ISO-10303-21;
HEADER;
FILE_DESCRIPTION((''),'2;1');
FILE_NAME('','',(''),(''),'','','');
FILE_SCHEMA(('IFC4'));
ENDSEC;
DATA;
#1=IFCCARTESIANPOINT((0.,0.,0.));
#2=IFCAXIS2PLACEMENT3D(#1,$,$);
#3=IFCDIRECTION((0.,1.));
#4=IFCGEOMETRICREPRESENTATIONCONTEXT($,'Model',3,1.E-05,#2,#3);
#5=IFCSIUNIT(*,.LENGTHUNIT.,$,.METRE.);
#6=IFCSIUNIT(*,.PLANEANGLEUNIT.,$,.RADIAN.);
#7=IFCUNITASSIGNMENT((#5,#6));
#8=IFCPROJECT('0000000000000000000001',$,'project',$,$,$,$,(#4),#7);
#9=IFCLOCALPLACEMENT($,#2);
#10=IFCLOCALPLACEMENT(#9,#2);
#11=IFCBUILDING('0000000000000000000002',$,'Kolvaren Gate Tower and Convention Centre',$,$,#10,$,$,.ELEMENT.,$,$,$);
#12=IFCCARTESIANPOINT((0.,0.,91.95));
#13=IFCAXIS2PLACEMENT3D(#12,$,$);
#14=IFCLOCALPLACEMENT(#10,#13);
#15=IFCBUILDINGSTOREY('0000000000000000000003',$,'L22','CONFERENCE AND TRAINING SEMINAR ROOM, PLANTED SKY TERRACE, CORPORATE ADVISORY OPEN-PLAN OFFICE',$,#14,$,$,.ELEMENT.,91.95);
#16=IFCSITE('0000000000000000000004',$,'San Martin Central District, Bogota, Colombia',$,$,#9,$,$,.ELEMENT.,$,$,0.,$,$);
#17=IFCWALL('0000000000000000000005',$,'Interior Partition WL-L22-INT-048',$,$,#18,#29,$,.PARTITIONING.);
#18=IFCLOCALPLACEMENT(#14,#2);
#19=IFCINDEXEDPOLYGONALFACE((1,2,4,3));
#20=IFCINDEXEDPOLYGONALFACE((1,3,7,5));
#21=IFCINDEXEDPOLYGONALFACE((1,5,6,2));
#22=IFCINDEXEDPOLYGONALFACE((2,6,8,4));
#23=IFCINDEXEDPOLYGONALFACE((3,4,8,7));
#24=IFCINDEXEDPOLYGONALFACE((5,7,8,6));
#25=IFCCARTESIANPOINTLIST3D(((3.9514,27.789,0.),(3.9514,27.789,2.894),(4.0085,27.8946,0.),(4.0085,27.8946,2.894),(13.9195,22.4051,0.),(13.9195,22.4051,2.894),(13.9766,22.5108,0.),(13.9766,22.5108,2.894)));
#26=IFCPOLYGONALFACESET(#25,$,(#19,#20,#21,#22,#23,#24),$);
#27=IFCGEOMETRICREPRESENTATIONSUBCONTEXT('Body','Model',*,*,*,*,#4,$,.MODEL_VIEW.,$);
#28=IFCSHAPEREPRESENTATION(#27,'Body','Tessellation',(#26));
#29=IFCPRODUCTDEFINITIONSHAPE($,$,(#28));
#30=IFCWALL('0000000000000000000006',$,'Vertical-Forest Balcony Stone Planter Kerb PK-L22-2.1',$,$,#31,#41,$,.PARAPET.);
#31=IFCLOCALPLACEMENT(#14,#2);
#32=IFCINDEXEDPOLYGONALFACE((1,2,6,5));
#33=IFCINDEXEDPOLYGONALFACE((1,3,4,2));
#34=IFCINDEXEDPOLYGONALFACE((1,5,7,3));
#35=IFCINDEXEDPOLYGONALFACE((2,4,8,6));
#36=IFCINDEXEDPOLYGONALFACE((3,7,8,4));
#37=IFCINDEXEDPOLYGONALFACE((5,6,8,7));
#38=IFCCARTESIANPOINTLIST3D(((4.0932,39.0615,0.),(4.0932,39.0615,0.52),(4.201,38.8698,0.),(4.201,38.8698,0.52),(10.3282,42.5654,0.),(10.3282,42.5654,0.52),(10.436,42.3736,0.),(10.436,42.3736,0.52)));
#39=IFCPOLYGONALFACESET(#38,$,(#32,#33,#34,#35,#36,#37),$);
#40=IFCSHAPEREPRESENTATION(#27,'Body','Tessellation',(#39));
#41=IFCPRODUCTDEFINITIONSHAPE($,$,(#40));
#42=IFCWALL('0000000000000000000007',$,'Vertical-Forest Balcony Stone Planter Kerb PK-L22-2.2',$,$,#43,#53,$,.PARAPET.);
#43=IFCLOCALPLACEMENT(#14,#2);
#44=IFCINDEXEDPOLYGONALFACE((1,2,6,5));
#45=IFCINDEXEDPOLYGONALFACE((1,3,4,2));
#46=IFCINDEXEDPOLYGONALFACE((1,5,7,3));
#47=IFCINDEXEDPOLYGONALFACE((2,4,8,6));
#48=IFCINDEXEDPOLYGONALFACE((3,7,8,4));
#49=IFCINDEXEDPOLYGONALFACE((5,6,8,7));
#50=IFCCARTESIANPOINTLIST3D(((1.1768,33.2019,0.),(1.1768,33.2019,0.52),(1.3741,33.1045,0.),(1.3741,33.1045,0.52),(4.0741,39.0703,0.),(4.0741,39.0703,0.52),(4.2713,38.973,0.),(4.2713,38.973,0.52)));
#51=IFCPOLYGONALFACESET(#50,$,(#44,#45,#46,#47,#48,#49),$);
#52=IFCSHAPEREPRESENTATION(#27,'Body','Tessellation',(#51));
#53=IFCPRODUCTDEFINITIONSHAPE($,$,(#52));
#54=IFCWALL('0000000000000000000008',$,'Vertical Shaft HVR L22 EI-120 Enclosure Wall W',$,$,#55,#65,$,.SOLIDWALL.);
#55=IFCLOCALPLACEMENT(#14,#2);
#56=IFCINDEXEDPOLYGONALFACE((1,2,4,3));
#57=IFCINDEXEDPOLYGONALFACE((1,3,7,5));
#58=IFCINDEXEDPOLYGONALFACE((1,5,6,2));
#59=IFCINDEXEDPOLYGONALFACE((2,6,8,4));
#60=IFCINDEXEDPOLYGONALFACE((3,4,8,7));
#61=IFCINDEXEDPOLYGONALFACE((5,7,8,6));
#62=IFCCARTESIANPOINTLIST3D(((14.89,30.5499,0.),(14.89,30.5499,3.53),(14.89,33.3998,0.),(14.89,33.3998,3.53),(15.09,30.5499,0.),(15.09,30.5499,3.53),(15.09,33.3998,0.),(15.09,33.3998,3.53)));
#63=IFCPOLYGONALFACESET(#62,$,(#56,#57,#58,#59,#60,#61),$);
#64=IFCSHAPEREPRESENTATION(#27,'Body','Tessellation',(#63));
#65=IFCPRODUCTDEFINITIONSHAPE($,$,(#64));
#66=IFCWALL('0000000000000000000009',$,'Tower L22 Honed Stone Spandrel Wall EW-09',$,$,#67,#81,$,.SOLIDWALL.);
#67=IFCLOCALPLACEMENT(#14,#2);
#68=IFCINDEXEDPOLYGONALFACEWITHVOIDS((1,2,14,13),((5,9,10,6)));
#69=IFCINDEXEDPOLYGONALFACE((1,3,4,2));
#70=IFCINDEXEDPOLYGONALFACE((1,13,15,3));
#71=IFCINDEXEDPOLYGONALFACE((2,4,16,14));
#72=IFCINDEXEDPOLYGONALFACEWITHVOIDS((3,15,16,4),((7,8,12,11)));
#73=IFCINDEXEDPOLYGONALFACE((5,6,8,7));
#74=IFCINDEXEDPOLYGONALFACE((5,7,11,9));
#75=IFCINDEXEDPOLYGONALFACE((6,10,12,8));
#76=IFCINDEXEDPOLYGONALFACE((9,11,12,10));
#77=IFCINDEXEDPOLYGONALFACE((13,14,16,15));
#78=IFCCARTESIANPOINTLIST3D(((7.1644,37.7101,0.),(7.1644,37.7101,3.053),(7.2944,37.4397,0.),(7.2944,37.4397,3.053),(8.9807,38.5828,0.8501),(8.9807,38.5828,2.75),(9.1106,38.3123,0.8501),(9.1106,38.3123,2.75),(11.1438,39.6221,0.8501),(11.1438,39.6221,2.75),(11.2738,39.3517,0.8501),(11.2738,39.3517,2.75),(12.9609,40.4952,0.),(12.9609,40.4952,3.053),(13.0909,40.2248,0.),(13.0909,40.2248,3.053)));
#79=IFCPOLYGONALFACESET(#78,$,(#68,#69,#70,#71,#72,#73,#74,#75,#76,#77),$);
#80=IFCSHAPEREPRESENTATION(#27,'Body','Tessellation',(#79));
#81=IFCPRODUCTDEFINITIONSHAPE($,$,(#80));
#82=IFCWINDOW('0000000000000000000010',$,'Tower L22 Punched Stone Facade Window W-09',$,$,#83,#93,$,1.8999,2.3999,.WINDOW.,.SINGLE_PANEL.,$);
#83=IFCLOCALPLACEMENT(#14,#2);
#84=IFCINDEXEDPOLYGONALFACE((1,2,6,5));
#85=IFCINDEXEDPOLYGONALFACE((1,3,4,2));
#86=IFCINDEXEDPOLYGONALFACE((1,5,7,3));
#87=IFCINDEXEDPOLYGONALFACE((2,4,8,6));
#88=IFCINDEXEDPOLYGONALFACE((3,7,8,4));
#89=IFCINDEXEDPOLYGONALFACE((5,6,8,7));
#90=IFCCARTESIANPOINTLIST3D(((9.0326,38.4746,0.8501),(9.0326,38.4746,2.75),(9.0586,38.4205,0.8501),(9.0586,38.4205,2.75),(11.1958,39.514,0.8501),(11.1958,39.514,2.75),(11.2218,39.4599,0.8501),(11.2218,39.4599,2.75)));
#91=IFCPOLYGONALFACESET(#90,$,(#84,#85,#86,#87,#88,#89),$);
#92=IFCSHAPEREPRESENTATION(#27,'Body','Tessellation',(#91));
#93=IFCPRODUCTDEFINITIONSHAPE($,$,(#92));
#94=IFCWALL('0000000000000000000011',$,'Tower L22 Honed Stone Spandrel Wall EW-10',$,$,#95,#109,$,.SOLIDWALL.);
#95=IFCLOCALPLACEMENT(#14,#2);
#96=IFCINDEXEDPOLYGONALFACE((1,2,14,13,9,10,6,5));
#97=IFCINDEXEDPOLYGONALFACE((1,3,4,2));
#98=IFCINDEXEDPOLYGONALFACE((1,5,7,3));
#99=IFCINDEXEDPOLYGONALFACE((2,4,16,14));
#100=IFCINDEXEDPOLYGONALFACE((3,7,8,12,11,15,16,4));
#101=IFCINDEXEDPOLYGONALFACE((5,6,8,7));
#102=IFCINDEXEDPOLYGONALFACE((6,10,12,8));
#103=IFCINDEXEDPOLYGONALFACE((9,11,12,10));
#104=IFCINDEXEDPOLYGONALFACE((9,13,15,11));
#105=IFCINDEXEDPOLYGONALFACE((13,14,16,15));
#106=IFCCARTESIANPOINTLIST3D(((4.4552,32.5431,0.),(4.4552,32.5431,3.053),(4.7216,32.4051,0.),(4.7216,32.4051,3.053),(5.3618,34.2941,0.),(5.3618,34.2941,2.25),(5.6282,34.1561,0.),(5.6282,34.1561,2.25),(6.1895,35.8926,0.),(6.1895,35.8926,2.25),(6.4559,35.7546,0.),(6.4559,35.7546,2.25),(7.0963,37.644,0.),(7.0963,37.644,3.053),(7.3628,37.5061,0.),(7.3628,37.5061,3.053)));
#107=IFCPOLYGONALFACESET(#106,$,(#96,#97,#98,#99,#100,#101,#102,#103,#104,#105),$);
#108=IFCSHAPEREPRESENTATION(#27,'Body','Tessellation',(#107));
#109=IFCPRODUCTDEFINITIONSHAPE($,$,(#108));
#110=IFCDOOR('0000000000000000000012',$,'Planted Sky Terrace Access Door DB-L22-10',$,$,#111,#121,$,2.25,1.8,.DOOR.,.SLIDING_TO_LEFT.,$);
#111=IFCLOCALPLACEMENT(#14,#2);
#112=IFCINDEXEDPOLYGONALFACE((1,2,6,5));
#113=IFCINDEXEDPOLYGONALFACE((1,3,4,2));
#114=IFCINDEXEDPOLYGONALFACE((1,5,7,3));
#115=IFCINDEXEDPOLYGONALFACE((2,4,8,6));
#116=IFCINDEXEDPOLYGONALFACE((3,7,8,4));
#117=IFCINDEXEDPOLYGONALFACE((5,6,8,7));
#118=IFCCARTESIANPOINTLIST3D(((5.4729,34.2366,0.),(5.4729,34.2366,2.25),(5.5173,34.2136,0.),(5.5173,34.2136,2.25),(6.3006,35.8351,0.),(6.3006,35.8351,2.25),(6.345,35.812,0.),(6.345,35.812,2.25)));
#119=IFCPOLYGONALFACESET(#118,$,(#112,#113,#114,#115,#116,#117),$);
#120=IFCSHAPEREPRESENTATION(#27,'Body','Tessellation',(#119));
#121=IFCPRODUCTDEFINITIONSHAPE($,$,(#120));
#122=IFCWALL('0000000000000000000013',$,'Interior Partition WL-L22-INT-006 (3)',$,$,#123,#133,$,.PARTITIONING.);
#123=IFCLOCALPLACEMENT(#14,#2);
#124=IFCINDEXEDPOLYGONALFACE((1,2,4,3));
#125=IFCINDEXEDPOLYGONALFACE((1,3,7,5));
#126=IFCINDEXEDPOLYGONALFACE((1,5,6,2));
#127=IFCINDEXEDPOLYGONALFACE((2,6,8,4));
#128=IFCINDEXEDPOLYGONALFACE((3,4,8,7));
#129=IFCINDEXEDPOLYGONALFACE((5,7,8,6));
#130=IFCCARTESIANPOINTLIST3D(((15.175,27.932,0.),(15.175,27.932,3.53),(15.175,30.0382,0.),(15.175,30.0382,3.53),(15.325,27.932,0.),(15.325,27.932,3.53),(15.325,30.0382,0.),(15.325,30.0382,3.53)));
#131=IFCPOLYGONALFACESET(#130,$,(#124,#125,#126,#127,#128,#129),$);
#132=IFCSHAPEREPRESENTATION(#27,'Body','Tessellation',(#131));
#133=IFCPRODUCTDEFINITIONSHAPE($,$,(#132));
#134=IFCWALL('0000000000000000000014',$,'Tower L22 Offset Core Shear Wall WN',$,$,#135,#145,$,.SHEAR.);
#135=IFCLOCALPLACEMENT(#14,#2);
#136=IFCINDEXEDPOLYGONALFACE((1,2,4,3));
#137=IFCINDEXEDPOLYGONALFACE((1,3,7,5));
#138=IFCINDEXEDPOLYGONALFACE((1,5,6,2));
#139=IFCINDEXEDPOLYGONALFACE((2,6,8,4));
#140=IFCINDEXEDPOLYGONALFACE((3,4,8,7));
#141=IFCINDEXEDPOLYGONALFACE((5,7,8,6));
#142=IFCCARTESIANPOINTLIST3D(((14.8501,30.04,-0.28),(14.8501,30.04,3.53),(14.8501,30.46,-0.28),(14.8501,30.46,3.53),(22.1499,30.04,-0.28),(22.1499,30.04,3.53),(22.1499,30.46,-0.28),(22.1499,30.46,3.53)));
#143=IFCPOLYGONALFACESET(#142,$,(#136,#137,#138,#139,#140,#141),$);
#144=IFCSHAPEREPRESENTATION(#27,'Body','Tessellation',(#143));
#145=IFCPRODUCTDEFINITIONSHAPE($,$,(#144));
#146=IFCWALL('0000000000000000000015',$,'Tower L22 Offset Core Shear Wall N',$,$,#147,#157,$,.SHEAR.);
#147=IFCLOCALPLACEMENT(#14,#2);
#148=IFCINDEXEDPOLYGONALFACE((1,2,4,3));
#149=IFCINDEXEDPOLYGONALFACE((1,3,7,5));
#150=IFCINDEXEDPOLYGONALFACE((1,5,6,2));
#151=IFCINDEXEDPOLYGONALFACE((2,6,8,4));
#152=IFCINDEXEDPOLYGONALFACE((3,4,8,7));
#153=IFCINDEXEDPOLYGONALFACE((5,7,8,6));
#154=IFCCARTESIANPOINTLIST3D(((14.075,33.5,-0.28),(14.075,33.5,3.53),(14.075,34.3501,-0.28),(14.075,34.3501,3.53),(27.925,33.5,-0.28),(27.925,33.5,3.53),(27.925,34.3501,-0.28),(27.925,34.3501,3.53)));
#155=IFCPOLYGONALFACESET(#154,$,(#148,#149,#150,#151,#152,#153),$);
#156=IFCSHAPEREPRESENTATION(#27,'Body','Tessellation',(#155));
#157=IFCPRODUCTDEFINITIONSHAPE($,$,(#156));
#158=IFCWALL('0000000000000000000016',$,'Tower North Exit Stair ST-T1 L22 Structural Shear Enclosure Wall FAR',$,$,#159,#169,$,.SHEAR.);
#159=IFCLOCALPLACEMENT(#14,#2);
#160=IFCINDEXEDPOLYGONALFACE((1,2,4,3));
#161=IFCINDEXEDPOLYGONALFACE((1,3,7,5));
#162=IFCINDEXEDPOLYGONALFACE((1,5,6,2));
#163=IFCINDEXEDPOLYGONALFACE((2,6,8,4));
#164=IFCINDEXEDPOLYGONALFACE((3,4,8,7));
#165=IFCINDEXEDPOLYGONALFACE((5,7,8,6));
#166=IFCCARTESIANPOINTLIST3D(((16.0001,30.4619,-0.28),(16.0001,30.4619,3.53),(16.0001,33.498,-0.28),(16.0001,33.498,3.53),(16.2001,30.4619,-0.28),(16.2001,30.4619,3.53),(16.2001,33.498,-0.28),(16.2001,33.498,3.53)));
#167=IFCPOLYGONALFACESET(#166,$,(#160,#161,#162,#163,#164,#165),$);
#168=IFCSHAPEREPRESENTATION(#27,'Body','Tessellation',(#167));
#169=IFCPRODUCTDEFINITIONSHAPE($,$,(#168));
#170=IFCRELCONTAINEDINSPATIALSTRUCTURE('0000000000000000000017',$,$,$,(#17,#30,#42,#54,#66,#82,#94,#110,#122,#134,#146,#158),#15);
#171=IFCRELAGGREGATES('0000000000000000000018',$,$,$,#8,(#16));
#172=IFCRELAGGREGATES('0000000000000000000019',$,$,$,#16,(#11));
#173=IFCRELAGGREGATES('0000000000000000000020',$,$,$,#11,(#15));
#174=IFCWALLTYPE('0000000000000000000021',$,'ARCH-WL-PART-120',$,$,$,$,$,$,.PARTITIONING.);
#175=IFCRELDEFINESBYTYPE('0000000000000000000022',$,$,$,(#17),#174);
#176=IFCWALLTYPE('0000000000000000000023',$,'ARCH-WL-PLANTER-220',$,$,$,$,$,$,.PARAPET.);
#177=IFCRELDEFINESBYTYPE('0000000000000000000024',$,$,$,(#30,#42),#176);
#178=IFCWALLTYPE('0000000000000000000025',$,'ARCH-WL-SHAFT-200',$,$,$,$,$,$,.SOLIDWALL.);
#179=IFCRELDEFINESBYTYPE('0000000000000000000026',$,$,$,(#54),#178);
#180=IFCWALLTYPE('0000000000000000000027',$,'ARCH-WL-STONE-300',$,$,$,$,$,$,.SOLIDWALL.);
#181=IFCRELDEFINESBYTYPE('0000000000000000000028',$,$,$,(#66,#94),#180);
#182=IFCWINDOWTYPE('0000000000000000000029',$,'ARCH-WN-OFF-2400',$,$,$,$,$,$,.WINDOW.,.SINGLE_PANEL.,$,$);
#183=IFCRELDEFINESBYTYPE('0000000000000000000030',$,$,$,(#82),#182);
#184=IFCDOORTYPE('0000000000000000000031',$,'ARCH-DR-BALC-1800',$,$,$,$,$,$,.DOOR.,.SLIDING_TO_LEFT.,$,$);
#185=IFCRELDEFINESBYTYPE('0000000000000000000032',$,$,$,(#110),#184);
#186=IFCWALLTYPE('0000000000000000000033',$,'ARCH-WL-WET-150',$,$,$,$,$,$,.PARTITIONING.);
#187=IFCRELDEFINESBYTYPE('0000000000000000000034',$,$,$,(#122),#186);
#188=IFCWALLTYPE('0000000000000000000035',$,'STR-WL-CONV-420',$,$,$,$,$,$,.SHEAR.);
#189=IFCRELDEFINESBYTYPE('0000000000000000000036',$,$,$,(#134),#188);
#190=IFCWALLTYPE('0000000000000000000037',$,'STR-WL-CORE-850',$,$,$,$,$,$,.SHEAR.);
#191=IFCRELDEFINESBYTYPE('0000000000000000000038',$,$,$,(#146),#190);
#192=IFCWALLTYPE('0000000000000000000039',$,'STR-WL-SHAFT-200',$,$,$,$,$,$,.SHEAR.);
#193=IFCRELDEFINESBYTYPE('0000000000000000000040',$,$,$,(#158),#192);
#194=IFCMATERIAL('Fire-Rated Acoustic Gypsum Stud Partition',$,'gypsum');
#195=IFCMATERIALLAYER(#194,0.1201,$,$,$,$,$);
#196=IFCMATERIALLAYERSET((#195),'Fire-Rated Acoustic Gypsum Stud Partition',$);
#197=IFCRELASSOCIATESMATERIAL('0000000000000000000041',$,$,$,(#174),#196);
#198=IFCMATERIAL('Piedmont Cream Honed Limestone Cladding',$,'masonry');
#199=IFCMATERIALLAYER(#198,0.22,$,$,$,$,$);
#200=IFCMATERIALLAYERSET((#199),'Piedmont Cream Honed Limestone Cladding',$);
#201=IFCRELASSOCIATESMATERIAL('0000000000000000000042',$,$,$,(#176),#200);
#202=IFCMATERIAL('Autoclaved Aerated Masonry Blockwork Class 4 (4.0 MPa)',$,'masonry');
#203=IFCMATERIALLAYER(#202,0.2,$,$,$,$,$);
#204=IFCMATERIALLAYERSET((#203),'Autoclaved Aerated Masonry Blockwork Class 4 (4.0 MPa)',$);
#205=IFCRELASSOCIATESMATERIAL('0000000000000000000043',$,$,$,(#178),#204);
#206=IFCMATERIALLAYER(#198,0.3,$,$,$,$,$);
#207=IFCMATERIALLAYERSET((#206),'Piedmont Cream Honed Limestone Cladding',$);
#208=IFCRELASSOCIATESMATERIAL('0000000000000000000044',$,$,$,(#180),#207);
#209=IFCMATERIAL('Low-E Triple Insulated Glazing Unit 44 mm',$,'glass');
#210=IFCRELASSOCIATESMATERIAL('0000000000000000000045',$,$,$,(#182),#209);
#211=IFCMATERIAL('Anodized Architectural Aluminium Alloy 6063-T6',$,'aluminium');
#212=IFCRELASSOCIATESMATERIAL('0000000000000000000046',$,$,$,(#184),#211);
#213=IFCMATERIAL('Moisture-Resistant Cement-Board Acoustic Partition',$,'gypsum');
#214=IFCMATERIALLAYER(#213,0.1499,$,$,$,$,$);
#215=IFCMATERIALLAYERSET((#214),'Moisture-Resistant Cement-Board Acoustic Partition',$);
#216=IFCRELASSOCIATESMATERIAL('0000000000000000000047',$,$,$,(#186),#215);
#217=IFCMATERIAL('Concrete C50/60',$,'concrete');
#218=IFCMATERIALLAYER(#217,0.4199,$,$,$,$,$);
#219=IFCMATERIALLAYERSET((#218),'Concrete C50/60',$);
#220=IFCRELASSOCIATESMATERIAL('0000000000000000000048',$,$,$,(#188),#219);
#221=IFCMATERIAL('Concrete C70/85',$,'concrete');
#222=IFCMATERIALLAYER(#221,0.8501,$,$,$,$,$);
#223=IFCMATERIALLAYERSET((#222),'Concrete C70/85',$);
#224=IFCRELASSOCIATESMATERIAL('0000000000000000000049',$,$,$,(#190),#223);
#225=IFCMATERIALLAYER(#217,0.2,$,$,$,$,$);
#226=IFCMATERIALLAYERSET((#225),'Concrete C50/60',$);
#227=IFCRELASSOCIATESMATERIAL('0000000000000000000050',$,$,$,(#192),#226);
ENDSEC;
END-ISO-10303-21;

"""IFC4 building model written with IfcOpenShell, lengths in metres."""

from ifc_helpers import new_model, si_unit, direction, frame, frame_2d, origin, place, context, subcontext, project, spatial, rectangle, extrude, material, layer, layer_set, type_object, element, fill, save


model = new_model("IFC4")

# Units and contexts
model_context = context("Model", 3, precision=1e-05, world=origin(), true_north=direction((0.0, 1.0)))
body_context = subcontext(model_context, "Body", "Model", "MODEL_VIEW")
ifc_project = project(units=[si_unit("LENGTHUNIT", "METRE"), si_unit("PLANEANGLEUNIT", "RADIAN")], contexts=[model_context])

# Site, building, storey
site_placement = place(None, origin())
site = spatial("IfcSite", under=ifc_project, at=site_placement, Name="San Martin Central District, Bogota, Colombia", CompositionType="ELEMENT", RefElevation=0.0)
building_placement = place(site_placement, origin())
building = spatial("IfcBuilding", under=site, at=building_placement, Name="Kolvaren Gate Tower and Convention Centre", CompositionType="ELEMENT")
storey_placement = place(building_placement, frame((0.0, 0.0, 91.95)))
storey = spatial("IfcBuildingStorey", under=building, at=storey_placement, Name="L22", Description="CONFERENCE AND TRAINING SEMINAR ROOM, PLANTED SKY TERRACE, CORPORATE ADVISORY OPEN-PLAN OFFICE", CompositionType="ELEMENT", Elevation=91.95)

# Shared definitions
ifc_material_1 = material(Name="Concrete C70/85", Category="concrete")

# Shared definitions
ifc_material_2 = material(Name="Anodized Architectural Aluminium Alloy 6063-T6", Category="aluminium")

# Shared definitions
ifc_material_3 = material(Name="Autoclaved Aerated Masonry Blockwork Class 4 (4.0 MPa)", Category="masonry")

# Walls
ifc_material_4 = material(Name="Fire-Rated Acoustic Gypsum Stud Partition", Category="gypsum")
ifc_layer_1 = layer(ifc_material_4, 0.1201)
ifc_layer_set_1 = layer_set([ifc_layer_1], Name="Fire-Rated Acoustic Gypsum Stud Partition")
wall_type_1 = type_object("IfcWallType", Name="ARCH-WL-PART-120", PredefinedType="PARTITIONING", material=ifc_layer_set_1)
wall_1_placement = place(storey_placement, frame((3.98, 27.8418, 0.0), z_axis=(0.0, 0.0, 1.0), x_axis=(0.879866, -0.475221, 0.0)))
element("IfcWall", 1, at=wall_1_placement, inside=storey, type_object=wall_type_1, Name="Interior Partition WL-L22-INT-048", PredefinedType="PARTITIONING", context=body_context, shape_type="SweptSolid", body=[
    extrude(rectangle(XDim=11.3291, YDim=0.1201, at=frame_2d((5.6646, 0.0))), origin(), (0.0, 0.0, 1.0), 2.894),
])
ifc_material_5 = material(Name="Piedmont Cream Honed Limestone Cladding", Category="masonry")
ifc_layer_2 = layer(ifc_material_5, 0.22)
ifc_layer_set_2 = layer_set([ifc_layer_2], Name="Piedmont Cream Honed Limestone Cladding")
wall_type_2 = type_object("IfcWallType", Name="ARCH-WL-PLANTER-220", PredefinedType="PARAPET", material=ifc_layer_set_2)
wall_2_placement = place(storey_placement, frame((4.147, 38.9656, 0.0), z_axis=(0.0, 0.0, 1.0), x_axis=(0.871775, 0.489906, 0.0)))
element("IfcWall", 2, at=wall_2_placement, inside=storey, type_object=wall_type_2, Name="Vertical-Forest Balcony Stone Planter Kerb PK-L22-2.1", PredefinedType="PARAPET", context=body_context, shape_type="SweptSolid", body=[
    extrude(rectangle(XDim=7.1521, YDim=0.22, at=frame_2d((3.5762, 0.0))), origin(), (0.0, 0.0, 1.0), 0.52),
])
wall_3_placement = place(storey_placement, frame((1.2754, 33.1531, 0.0), z_axis=(0.0, 0.0, 1.0), x_axis=(0.442687, 0.896676, 0.0)))
element("IfcWall", 3, at=wall_3_placement, inside=storey, type_object=wall_type_2, Name="Vertical-Forest Balcony Stone Planter Kerb PK-L22-2.2", PredefinedType="PARAPET", context=body_context, shape_type="SweptSolid", body=[
    extrude(rectangle(XDim=6.5447, YDim=0.22, at=frame_2d((3.2725, 0.0))), origin(), (0.0, 0.0, 1.0), 0.52),
])
ifc_layer_3 = layer(ifc_material_3, 0.2)
ifc_layer_set_3 = layer_set([ifc_layer_3], Name="Autoclaved Aerated Masonry Blockwork Class 4 (4.0 MPa)")
wall_type_3 = type_object("IfcWallType", Name="ARCH-WL-SHAFT-200", PredefinedType="SOLIDWALL", material=ifc_layer_set_3)
wall_4_placement = place(storey_placement, frame((14.99, 30.55, 0.0), z_axis=(0.0, 0.0, 1.0), x_axis=(0.0, 1.0, 0.0)))
element("IfcWall", 4, at=wall_4_placement, inside=storey, type_object=wall_type_3, Name="Vertical Shaft HVR L22 EI-120 Enclosure Wall W", PredefinedType="SOLIDWALL", context=body_context, shape_type="SweptSolid", body=[
    extrude(rectangle(XDim=2.8499, YDim=0.2, at=frame_2d((1.4248, 0.0))), origin(), (0.0, 0.0, 1.0), 3.53),
])

# Wall, opening, window
ifc_layer_4 = layer(ifc_material_5, 0.3)
ifc_layer_set_4 = layer_set([ifc_layer_4], Name="Piedmont Cream Honed Limestone Cladding")
wall_type_4 = type_object("IfcWallType", Name="ARCH-WL-STONE-300", PredefinedType="SOLIDWALL", material=ifc_layer_set_4)
wall_5_placement = place(storey_placement, frame((7.2295, 37.575, 0.0), z_axis=(0.0, 0.0, 1.0), x_axis=(0.901355, 0.433082, 0.0)))
wall_5 = element("IfcWall", 5, at=wall_5_placement, inside=storey, type_object=wall_type_4, Name="Tower L22 Honed Stone Spandrel Wall EW-09", PredefinedType="SOLIDWALL", context=body_context, shape_type="SweptSolid", body=[
    extrude(rectangle(XDim=6.4309, YDim=0.3, at=frame_2d((3.2153, 0.0))), origin(), (0.0, 0.0, 1.0), 3.053),
])
opening_1_placement = place(wall_5_placement, frame((2.0149, 0.0, 0.8501)))
opening_1 = element("IfcOpeningElement", 6, at=opening_1_placement, cuts=wall_5, PredefinedType="OPENING", context=body_context, shape_type="SweptSolid", body=[
    extrude(rectangle(XDim=2.3999, YDim=1.8999, at=frame_2d((1.2, 0.95))), frame((0.0, 0.1599, 0.0), z_axis=(0.0, -1.0, 0.0), x_axis=(1.0, 0.0, 0.0)), (0.0, 0.0, 1.0), 0.3201),
])
ifc_material_6 = material(Name="Low-E Triple Insulated Glazing Unit 44 mm", Category="glass")
window_type = type_object("IfcWindowType", Name="ARCH-WN-OFF-2400", PartitioningType="SINGLE_PANEL", PredefinedType="WINDOW", material=ifc_material_6)
window_placement = place(opening_1_placement, origin())
window = element("IfcWindow", 7, at=window_placement, inside=storey, type_object=window_type, Name="Tower L22 Punched Stone Facade Window W-09", OverallHeight=1.8999, OverallWidth=2.3999, PartitioningType="SINGLE_PANEL", PredefinedType="WINDOW", context=body_context, shape_type="SweptSolid", body=[
    extrude(rectangle(XDim=2.3999, YDim=1.8999, at=frame_2d((1.2, 0.95))), frame((0.0, 0.03, 0.0), z_axis=(0.0, -1.0, 0.0), x_axis=(1.0, 0.0, 0.0)), (0.0, 0.0, 1.0), 0.0601),
])
fill(opening_1, window)

# Wall, opening, door
wall_6_placement = place(storey_placement, frame((4.5884, 32.4741, 0.0), z_axis=(0.0, 0.0, 1.0), x_axis=(0.459801, 0.888022, 0.0)))
wall_6 = element("IfcWall", 8, at=wall_6_placement, inside=storey, type_object=wall_type_4, Name="Tower L22 Honed Stone Spandrel Wall EW-10", PredefinedType="SOLIDWALL", context=body_context, shape_type="SweptSolid", body=[
    extrude(rectangle(XDim=5.7441, YDim=0.3, at=frame_2d((2.8721, 0.0))), origin(), (0.0, 0.0, 1.0), 3.053),
])
opening_2_placement = place(wall_6_placement, frame((1.9719, 0.0, 0.0)))
opening_2 = element("IfcOpeningElement", 9, at=opening_2_placement, cuts=wall_6, PredefinedType="OPENING", context=body_context, shape_type="SweptSolid", body=[
    extrude(rectangle(XDim=1.8, YDim=2.25, at=frame_2d((0.8999, 1.125))), frame((0.0, 0.1599, 0.0), z_axis=(0.0, -1.0, 0.0), x_axis=(1.0, 0.0, 0.0)), (0.0, 0.0, 1.0), 0.3201),
])
door_type_1 = type_object("IfcDoorType", Name="ARCH-DR-BALC-1800", OperationType="SLIDING_TO_LEFT", PredefinedType="DOOR", material=ifc_material_2)
door_1_placement = place(opening_2_placement, origin())
door_1 = element("IfcDoor", 10, at=door_1_placement, inside=storey, type_object=door_type_1, Name="Planted Sky Terrace Access Door DB-L22-10", OperationType="SLIDING_TO_LEFT", OverallHeight=2.25, OverallWidth=1.8, PredefinedType="DOOR", context=body_context, shape_type="SweptSolid", body=[
    extrude(rectangle(XDim=1.8, YDim=2.25, at=frame_2d((0.8999, 1.125))), frame((0.0, 0.0249, 0.0), z_axis=(0.0, -1.0, 0.0), x_axis=(1.0, 0.0, 0.0)), (0.0, 0.0, 1.0), 0.05),
])
fill(opening_2, door_1)

# Walls
ifc_material_7 = material(Name="Moisture-Resistant Cement-Board Acoustic Partition", Category="gypsum")
ifc_layer_5 = layer(ifc_material_7, 0.1499)
ifc_layer_set_5 = layer_set([ifc_layer_5], Name="Moisture-Resistant Cement-Board Acoustic Partition")
wall_type_5 = type_object("IfcWallType", Name="ARCH-WL-WET-150", PredefinedType="PARTITIONING", material=ifc_layer_set_5)
wall_7_placement = place(storey_placement, frame((15.25, 27.9319, 0.0), z_axis=(0.0, 0.0, 1.0), x_axis=(0.0, 1.0, 0.0)))
element("IfcWall", 11, at=wall_7_placement, inside=storey, type_object=wall_type_5, Name="Interior Partition WL-L22-INT-006 (3)", PredefinedType="PARTITIONING", context=body_context, shape_type="SweptSolid", body=[
    extrude(rectangle(XDim=2.1062, YDim=0.1499, at=frame_2d((1.0532, 0.0))), origin(), (0.0, 0.0, 1.0), 3.53),
])
ifc_material_8 = material(Name="Concrete C50/60", Category="concrete")
ifc_layer_6 = layer(ifc_material_8, 0.4199)
ifc_layer_set_6 = layer_set([ifc_layer_6], Name="Concrete C50/60")
wall_type_6 = type_object("IfcWallType", Name="STR-WL-CONV-420", PredefinedType="SHEAR", material=ifc_layer_set_6)
wall_8_placement = place(storey_placement, frame((14.8501, 30.25, -0.28), z_axis=(0.0, 0.0, 1.0), x_axis=(1.0, 0.0, 0.0)))
element("IfcWall", 12, at=wall_8_placement, inside=storey, type_object=wall_type_6, Name="Tower L22 Offset Core Shear Wall WN", PredefinedType="SHEAR", context=body_context, shape_type="SweptSolid", body=[
    extrude(rectangle(XDim=7.2998, YDim=0.4199, at=frame_2d((3.6499, 0.0))), origin(), (0.0, 0.0, 1.0), 3.8101),
])
ifc_layer_7 = layer(ifc_material_1, 0.8501)
ifc_layer_set_7 = layer_set([ifc_layer_7], Name="Concrete C70/85")
wall_type_7 = type_object("IfcWallType", Name="STR-WL-CORE-850", PredefinedType="SHEAR", material=ifc_layer_set_7)
wall_9_placement = place(storey_placement, frame((14.075, 33.925, -0.28), z_axis=(0.0, 0.0, 1.0), x_axis=(1.0, 0.0, 0.0)))
element("IfcWall", 13, at=wall_9_placement, inside=storey, type_object=wall_type_7, Name="Tower L22 Offset Core Shear Wall N", PredefinedType="SHEAR", context=body_context, shape_type="SweptSolid", body=[
    extrude(rectangle(XDim=13.8501, YDim=0.8501, at=frame_2d((6.925, 0.0))), origin(), (0.0, 0.0, 1.0), 3.8101),
])
ifc_layer_8 = layer(ifc_material_8, 0.2)
ifc_layer_set_8 = layer_set([ifc_layer_8], Name="Concrete C50/60")
wall_type_8 = type_object("IfcWallType", Name="STR-WL-SHAFT-200", PredefinedType="SHEAR", material=ifc_layer_set_8)
wall_10_placement = place(storey_placement, frame((16.1001, 30.4619, -0.28), z_axis=(0.0, 0.0, 1.0), x_axis=(0.0, 1.0, 0.0)))
element("IfcWall", 14, at=wall_10_placement, inside=storey, type_object=wall_type_8, Name="Tower North Exit Stair ST-T1 L22 Structural Shear Enclosure Wall FAR", PredefinedType="SHEAR", context=body_context, shape_type="SweptSolid", body=[
    extrude(rectangle(XDim=3.0361, YDim=0.2, at=frame_2d((1.5181, 0.0))), origin(), (0.0, 0.0, 1.0), 3.8101),
])

save(model, "model.ifc")
